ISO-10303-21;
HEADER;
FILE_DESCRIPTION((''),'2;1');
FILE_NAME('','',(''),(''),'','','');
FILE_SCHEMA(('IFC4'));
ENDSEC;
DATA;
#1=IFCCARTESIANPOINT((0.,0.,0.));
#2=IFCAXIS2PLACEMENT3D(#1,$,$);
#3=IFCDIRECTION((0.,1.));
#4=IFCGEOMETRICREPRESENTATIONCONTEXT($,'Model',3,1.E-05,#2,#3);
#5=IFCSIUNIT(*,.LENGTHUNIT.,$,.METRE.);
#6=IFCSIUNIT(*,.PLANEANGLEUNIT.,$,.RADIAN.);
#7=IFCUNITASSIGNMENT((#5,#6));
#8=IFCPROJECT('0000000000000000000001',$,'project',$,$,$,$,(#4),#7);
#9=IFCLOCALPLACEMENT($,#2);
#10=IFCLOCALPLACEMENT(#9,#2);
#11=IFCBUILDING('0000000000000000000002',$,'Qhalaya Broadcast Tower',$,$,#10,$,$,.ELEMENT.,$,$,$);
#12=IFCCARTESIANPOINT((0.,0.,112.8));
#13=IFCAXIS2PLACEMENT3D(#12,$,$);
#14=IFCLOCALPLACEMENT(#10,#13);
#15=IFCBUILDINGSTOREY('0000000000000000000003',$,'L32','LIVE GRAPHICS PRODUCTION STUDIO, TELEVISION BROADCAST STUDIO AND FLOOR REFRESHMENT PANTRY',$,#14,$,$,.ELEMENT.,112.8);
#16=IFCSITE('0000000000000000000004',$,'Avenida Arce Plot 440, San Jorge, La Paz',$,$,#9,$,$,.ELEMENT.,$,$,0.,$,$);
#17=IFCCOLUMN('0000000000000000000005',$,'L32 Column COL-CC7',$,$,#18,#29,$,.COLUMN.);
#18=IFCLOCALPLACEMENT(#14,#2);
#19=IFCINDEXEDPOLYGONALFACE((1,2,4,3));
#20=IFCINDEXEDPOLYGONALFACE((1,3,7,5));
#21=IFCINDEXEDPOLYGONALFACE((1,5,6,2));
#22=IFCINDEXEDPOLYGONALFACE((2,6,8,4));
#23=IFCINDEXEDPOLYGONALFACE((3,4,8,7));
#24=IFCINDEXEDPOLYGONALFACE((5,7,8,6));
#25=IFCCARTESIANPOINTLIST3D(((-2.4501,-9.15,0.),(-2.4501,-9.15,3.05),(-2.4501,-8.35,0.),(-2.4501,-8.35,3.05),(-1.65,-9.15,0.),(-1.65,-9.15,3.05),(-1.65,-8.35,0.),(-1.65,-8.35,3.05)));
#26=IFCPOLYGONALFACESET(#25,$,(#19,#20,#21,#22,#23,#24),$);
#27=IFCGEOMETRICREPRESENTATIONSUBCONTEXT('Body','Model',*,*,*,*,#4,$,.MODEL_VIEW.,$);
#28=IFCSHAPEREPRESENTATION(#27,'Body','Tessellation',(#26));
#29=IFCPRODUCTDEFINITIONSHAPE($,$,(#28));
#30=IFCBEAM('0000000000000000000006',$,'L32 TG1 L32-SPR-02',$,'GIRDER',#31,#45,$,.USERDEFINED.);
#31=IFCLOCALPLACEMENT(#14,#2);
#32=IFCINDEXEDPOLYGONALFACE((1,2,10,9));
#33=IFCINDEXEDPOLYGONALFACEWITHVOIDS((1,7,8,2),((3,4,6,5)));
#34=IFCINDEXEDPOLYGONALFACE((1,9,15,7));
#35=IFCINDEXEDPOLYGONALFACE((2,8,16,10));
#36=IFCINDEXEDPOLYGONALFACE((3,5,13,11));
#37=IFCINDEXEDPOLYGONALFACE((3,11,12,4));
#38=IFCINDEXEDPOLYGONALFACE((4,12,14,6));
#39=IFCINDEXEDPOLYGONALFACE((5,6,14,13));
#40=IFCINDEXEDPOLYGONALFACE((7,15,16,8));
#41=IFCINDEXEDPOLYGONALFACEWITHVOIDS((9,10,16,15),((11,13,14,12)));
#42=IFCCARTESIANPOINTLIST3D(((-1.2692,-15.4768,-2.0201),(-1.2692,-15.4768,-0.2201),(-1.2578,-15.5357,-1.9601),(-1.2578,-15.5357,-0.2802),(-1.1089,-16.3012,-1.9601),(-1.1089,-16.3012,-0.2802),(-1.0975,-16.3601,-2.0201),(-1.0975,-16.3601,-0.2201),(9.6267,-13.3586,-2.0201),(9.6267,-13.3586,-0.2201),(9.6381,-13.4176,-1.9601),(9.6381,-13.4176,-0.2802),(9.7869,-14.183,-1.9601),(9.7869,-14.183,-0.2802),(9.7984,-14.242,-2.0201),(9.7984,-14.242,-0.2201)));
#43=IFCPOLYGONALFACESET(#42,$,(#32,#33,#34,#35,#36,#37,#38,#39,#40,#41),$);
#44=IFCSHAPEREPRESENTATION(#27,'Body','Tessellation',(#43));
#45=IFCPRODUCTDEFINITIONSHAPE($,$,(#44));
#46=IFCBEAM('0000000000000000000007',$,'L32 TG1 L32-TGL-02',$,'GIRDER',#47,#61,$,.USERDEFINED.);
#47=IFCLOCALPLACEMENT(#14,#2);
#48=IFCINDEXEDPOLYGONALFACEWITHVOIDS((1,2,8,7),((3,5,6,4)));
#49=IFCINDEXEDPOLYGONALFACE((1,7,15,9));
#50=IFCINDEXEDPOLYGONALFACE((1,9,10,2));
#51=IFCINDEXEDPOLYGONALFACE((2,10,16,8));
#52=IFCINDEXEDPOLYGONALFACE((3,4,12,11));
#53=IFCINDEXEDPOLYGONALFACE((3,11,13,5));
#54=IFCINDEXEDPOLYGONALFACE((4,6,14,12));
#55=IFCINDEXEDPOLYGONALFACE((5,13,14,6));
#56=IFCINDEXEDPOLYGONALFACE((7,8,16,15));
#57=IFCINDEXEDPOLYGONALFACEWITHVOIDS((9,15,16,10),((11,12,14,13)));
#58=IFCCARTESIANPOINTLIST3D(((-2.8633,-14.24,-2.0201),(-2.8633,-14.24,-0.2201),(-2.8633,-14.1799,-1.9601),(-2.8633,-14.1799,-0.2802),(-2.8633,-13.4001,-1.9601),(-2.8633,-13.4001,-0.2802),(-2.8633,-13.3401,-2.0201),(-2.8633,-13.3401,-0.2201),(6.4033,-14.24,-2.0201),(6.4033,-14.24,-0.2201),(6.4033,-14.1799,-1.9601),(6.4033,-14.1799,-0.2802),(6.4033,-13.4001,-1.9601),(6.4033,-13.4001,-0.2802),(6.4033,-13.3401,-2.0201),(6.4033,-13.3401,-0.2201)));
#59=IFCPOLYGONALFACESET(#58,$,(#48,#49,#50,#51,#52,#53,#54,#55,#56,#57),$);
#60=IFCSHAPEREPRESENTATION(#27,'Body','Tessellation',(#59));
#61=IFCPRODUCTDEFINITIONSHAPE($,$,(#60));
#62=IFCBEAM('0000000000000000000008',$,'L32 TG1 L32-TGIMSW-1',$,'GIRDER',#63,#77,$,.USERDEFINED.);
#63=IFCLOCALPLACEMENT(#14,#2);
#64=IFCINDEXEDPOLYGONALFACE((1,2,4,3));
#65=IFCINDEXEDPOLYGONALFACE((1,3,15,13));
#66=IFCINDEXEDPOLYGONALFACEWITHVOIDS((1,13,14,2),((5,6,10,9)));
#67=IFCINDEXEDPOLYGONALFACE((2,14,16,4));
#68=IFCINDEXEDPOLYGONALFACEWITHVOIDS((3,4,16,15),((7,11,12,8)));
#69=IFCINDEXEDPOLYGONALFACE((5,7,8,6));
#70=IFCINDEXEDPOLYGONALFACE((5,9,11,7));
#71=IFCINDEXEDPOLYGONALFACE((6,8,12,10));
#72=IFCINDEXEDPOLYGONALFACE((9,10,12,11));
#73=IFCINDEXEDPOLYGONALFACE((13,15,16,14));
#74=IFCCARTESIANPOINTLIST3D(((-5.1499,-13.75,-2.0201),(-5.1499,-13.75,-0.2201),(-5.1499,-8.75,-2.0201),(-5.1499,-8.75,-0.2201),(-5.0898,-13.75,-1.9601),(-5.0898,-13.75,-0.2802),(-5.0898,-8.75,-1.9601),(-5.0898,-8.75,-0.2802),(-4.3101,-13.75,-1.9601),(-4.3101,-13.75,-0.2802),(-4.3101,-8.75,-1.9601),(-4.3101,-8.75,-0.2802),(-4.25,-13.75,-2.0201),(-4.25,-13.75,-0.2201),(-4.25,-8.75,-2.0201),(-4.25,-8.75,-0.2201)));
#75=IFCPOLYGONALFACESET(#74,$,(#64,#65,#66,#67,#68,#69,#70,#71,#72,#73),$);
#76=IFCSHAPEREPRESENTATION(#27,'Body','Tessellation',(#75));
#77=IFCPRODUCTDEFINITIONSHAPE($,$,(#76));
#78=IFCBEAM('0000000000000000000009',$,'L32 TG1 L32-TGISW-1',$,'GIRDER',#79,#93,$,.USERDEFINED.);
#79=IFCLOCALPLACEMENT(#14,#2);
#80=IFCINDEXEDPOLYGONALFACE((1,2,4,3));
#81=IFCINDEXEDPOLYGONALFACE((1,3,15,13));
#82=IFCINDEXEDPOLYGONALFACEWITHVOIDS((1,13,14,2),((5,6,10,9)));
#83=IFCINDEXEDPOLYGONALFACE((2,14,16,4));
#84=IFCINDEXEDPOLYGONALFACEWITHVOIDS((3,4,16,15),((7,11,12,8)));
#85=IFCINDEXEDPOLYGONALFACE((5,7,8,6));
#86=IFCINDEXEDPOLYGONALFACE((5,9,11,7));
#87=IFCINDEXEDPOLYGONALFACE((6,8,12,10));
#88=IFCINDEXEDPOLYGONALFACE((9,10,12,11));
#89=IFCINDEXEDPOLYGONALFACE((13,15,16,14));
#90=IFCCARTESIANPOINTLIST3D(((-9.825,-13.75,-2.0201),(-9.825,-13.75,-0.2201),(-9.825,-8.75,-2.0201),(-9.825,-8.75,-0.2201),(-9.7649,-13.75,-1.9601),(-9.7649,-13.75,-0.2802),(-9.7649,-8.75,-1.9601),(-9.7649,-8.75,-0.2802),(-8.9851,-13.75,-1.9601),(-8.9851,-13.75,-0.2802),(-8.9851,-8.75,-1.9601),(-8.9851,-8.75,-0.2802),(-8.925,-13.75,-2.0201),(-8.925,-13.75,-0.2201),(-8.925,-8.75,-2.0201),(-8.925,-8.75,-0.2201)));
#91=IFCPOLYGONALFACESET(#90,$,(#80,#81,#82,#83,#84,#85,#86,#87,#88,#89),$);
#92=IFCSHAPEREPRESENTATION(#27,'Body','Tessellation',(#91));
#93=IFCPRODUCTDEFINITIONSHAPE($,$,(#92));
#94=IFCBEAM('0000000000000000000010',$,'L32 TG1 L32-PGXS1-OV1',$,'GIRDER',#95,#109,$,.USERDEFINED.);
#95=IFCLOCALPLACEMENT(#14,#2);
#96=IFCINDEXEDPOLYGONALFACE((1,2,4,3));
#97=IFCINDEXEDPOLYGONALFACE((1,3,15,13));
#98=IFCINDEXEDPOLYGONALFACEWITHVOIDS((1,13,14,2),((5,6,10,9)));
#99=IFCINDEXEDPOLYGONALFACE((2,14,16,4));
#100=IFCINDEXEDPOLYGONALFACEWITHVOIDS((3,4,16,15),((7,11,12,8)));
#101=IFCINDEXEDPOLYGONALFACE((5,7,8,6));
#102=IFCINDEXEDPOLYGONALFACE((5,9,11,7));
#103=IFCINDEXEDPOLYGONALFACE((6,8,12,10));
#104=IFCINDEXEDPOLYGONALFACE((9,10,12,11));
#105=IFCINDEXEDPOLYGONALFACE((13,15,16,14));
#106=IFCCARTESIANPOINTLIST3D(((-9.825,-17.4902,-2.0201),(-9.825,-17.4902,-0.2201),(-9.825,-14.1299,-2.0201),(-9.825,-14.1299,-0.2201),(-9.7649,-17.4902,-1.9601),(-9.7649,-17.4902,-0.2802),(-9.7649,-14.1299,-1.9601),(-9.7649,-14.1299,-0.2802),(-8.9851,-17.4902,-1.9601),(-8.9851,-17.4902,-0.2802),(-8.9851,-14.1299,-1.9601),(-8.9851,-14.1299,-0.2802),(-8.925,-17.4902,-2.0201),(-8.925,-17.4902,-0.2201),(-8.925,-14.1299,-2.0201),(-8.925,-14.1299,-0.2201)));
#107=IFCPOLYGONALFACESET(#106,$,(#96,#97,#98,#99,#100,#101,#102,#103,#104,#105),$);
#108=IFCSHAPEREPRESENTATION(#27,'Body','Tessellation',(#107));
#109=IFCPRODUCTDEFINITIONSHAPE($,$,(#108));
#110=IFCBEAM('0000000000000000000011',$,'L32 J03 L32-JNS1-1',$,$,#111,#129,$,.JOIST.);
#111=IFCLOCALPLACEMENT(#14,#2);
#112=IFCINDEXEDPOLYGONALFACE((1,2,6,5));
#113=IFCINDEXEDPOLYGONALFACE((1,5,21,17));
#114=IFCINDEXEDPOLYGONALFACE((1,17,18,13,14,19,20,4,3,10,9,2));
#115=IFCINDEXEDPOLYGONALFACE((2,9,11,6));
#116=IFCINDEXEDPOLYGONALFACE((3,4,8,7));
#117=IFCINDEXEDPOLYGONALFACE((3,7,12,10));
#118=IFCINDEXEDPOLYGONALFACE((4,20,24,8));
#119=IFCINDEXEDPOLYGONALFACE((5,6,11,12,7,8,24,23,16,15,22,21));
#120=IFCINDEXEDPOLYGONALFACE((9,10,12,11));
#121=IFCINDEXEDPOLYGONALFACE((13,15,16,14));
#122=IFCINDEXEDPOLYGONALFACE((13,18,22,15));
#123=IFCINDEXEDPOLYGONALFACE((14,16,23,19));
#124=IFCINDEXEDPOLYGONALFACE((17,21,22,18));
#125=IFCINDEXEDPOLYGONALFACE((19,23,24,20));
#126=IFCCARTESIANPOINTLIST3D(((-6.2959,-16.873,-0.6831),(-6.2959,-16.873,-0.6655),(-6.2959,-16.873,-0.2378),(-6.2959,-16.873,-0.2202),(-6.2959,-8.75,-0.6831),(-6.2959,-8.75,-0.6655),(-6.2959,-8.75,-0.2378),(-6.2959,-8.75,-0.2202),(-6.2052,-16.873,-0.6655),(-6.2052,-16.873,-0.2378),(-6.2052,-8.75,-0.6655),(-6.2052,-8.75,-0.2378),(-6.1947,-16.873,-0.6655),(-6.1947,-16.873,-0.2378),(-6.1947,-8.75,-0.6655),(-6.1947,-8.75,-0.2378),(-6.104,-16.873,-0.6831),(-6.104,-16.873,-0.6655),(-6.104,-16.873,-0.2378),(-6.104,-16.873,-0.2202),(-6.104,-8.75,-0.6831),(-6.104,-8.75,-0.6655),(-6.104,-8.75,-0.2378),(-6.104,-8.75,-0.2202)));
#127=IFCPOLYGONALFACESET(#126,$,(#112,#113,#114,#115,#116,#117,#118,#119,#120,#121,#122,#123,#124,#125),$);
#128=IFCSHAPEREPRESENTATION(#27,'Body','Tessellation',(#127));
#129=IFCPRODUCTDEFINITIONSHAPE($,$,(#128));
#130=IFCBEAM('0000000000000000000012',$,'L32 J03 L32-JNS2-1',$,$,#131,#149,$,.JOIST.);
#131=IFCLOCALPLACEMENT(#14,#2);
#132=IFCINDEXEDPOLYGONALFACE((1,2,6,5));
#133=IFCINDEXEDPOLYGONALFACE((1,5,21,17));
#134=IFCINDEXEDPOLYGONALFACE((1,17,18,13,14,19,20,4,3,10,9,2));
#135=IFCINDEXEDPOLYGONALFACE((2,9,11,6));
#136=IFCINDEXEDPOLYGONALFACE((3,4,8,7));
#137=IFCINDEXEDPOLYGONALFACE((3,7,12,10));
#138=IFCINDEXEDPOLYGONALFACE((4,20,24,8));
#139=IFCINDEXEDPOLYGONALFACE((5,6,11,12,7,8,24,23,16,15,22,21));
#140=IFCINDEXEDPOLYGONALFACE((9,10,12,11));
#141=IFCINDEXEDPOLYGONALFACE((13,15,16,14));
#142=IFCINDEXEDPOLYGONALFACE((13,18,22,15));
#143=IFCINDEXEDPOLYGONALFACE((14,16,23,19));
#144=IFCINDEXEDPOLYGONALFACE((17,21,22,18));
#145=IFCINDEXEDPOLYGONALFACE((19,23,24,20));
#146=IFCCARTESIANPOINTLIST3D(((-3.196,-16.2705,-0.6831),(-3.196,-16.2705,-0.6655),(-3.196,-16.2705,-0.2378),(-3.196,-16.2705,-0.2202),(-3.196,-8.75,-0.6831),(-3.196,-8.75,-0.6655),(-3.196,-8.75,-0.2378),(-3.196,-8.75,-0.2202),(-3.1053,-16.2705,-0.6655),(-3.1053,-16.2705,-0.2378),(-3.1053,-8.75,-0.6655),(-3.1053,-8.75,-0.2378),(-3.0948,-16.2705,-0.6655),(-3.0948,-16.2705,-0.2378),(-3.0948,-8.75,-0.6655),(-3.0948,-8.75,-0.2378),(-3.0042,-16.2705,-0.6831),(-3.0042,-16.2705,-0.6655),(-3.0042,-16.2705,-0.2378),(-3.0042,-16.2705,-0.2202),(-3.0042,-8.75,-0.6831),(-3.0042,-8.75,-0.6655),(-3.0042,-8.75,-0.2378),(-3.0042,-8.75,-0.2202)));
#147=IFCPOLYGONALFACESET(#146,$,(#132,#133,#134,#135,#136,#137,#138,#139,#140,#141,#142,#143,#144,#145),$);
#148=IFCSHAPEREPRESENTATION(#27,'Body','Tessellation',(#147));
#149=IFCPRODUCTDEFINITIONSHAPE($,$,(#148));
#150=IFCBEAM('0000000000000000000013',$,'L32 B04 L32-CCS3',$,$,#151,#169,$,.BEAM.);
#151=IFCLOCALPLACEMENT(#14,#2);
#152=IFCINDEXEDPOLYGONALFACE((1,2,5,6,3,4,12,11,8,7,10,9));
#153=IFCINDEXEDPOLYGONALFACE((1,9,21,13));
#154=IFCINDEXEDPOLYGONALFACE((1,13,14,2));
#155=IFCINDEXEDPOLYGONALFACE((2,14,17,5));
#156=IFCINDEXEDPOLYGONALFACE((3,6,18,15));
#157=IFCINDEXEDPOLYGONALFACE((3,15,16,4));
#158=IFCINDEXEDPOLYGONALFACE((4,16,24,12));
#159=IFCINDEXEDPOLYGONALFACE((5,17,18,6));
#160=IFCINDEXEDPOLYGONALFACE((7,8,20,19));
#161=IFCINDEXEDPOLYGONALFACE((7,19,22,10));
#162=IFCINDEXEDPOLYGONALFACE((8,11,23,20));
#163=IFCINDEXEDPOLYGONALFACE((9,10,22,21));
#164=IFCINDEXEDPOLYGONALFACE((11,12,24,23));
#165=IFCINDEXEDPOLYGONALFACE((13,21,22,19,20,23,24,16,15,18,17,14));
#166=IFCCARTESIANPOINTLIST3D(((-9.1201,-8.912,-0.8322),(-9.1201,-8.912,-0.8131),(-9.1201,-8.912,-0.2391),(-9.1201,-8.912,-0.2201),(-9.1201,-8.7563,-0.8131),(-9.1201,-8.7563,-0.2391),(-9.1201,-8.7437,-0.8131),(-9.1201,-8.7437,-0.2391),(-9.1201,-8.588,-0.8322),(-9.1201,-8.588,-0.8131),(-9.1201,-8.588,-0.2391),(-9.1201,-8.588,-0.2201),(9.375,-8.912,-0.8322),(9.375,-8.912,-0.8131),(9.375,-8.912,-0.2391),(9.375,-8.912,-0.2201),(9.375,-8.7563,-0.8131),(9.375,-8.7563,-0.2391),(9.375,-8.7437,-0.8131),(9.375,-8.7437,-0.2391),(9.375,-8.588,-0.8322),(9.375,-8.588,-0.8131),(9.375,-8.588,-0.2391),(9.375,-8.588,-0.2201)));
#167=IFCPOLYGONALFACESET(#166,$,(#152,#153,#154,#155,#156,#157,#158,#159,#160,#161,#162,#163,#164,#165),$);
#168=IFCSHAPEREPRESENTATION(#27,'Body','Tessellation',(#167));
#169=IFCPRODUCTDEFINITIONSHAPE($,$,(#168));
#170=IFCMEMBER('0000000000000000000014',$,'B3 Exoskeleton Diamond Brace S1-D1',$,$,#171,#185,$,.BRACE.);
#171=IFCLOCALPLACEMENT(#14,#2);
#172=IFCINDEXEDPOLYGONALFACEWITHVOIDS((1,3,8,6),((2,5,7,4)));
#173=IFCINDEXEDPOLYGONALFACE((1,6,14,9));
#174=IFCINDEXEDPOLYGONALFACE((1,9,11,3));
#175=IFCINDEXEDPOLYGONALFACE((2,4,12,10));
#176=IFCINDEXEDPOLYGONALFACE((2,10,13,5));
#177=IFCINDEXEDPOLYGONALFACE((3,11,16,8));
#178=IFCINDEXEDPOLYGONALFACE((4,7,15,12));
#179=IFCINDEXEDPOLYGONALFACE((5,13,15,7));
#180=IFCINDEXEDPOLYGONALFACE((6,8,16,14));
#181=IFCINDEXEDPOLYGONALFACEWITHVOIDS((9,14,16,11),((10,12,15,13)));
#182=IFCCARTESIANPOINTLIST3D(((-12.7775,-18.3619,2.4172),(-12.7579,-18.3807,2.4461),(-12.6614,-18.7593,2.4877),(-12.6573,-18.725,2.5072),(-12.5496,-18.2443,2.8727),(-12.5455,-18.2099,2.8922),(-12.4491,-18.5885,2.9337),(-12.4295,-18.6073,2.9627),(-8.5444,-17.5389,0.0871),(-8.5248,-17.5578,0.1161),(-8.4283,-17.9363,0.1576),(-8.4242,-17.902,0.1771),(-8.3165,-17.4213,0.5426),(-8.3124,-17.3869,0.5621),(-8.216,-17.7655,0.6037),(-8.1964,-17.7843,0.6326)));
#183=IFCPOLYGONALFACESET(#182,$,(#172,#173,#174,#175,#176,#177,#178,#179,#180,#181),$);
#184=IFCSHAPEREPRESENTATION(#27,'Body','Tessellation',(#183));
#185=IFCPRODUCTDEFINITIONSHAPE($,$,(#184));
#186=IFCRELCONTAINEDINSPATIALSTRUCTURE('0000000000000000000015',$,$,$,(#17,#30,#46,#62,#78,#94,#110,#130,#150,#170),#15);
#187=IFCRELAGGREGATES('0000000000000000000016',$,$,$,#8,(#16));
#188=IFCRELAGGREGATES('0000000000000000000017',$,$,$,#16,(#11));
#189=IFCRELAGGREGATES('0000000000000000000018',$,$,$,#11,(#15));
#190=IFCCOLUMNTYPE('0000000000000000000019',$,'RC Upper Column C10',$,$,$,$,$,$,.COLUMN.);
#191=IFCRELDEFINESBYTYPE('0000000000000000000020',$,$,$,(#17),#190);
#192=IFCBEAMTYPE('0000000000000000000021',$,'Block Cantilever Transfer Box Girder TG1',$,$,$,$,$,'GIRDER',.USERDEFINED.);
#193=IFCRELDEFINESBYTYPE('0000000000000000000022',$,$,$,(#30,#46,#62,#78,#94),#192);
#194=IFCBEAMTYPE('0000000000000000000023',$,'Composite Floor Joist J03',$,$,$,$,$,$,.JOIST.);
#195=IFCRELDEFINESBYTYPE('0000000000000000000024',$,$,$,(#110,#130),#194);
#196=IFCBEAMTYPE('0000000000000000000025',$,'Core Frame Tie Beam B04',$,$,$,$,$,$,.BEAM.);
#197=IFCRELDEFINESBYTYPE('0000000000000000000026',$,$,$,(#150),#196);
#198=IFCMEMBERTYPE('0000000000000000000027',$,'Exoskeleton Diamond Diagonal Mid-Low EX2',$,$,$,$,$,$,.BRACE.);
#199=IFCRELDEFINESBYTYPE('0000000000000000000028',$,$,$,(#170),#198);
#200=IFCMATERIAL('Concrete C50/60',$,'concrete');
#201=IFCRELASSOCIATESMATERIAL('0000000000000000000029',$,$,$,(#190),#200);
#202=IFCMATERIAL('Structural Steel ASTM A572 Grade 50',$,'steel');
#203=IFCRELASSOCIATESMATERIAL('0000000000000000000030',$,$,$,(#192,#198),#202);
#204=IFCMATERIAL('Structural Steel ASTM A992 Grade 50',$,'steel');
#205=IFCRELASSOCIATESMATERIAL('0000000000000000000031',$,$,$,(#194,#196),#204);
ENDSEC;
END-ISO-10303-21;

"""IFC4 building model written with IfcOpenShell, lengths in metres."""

from ifc_helpers import new_model, si_unit, direction, frame, origin, origin_2d, place, context, subcontext, project, spatial, rectangle, hollow_rectangle, i_section, extrude, material, material_profile, profile_set, type_object, element, save


model = new_model("IFC4")

# Units and contexts
model_context = context("Model", 3, precision=1e-05, world=origin(), true_north=direction((0.0, 1.0)))
body_context = subcontext(model_context, "Body", "Model", "MODEL_VIEW")
ifc_project = project(units=[si_unit("LENGTHUNIT", "METRE"), si_unit("PLANEANGLEUNIT", "RADIAN")], contexts=[model_context])

# Site, building, storey
site_placement = place(None, origin())
site = spatial("IfcSite", under=ifc_project, at=site_placement, Name="Avenida Arce Plot 440, San Jorge, La Paz", CompositionType="ELEMENT", RefElevation=0.0)
building_placement = place(site_placement, origin())
building = spatial("IfcBuilding", under=site, at=building_placement, Name="Qhalaya Broadcast Tower", CompositionType="ELEMENT")
storey_placement = place(building_placement, frame((0.0, 0.0, 112.8)))
storey = spatial("IfcBuildingStorey", under=building, at=storey_placement, Name="L32", Description="LIVE GRAPHICS PRODUCTION STUDIO, TELEVISION BROADCAST STUDIO AND FLOOR REFRESHMENT PANTRY", CompositionType="ELEMENT", Elevation=112.8)

# Column
ifc_material_1 = material(Name="Concrete C50/60", Category="concrete")
ifc_material_profile_1 = material_profile(ifc_material_1, rectangle(XDim=0.8, YDim=0.8, at=origin_2d()), Name="RC-COL 800x800")
ifc_profile_set_1 = profile_set([ifc_material_profile_1], Name="Concrete C50/60")
column_type = type_object("IfcColumnType", Name="RC Upper Column C10", PredefinedType="COLUMN", material=ifc_profile_set_1)
column_placement = place(storey_placement, frame((-2.05, -8.75, 0.0), z_axis=(0.0, 0.0, 1.0), x_axis=(1.0, 0.0, 0.0)))
element("IfcColumn", 1, at=column_placement, inside=storey, type_object=column_type, Name="L32 Column COL-CC7", PredefinedType="COLUMN", context=body_context, shape_type="SweptSolid", body=[
    extrude(rectangle(XDim=0.8, YDim=0.8, at=origin_2d()), origin(), (0.0, 0.0, 1.0), 3.05),
])

# Beams
ifc_material_2 = material(Name="Structural Steel ASTM A572 Grade 50", Category="steel")
ifc_material_profile_2 = material_profile(ifc_material_2, hollow_rectangle(XDim=0.8999, YDim=1.8, WallThickness=0.0601, at=origin_2d()), Name="BOX 900x1800x60")
ifc_profile_set_2 = profile_set([ifc_material_profile_2], Name="Structural Steel ASTM A572 Grade 50")
beam_type_1 = type_object("IfcBeamType", Name="Block Cantilever Transfer Box Girder TG1", ElementType="GIRDER", PredefinedType="USERDEFINED", material=ifc_profile_set_2)
beam_1_placement = place(storey_placement, frame((-1.1833, -15.9185, -1.1201), z_axis=(0.981624, 0.190826, 0.0), x_axis=(-0.190826, 0.981624, 0.0)))
element("IfcBeam", 2, at=beam_1_placement, inside=storey, type_object=beam_type_1, Name="L32 TG1 L32-SPR-02", ObjectType="GIRDER", PredefinedType="USERDEFINED", context=body_context, shape_type="SweptSolid", body=[
    extrude(hollow_rectangle(XDim=0.8999, YDim=1.8, WallThickness=0.0601, at=origin_2d()), origin(), (0.0, 0.0, 1.0), 11.0999),
])
beam_2_placement = place(storey_placement, frame((-2.8633, -13.79, -1.1201), z_axis=(1.0, 0.0, 0.0), x_axis=(0.0, 1.0, 0.0)))
element("IfcBeam", 3, at=beam_2_placement, inside=storey, type_object=beam_type_1, Name="L32 TG1 L32-TGL-02", ObjectType="GIRDER", PredefinedType="USERDEFINED", context=body_context, shape_type="SweptSolid", body=[
    extrude(hollow_rectangle(XDim=0.8999, YDim=1.8, WallThickness=0.0601, at=origin_2d()), origin(), (0.0, 0.0, 1.0), 9.2666),
])
for number, where, z_axis, x_axis, name in (
    (4, (-4.7, -13.75, -1.1201), (0.0, 1.0, 0.0), (-1.0, 0.0, 0.0), "L32 TG1 L32-TGIMSW-1"),
    (5, (-9.375, -13.75, -1.1201), (0.0, 1.0, 0.0), (-1.0, 0.0, 0.0), "L32 TG1 L32-TGISW-1"),
):
    element("IfcBeam", number, at=place(storey_placement, frame(where, z_axis=z_axis, x_axis=x_axis)), inside=storey, type_object=beam_type_1, Name=name, ObjectType="GIRDER", PredefinedType="USERDEFINED", context=body_context, shape_type="SweptSolid", body=[
        extrude(hollow_rectangle(XDim=0.8999, YDim=1.8, WallThickness=0.0601, at=origin_2d()), origin(), (0.0, 0.0, 1.0), 5.0),
    ])
beam_3_placement = place(storey_placement, frame((-9.375, -17.4902, -1.1201), z_axis=(0.0, 1.0, 0.0), x_axis=(-1.0, 0.0, 0.0)))
element("IfcBeam", 6, at=beam_3_placement, inside=storey, type_object=beam_type_1, Name="L32 TG1 L32-PGXS1-OV1", ObjectType="GIRDER", PredefinedType="USERDEFINED", context=body_context, shape_type="SweptSolid", body=[
    extrude(hollow_rectangle(XDim=0.8999, YDim=1.8, WallThickness=0.0601, at=origin_2d()), origin(), (0.0, 0.0, 1.0), 3.3604),
])
ifc_material_3 = material(Name="Structural Steel ASTM A992 Grade 50", Category="steel")
ifc_material_profile_3 = material_profile(ifc_material_3, i_section(OverallWidth=0.1919, OverallDepth=0.4629, WebThickness=0.0105, FlangeThickness=0.0176, at=origin_2d()), Name="W18X60")
ifc_profile_set_3 = profile_set([ifc_material_profile_3], Name="Structural Steel ASTM A992 Grade 50")
beam_type_2 = type_object("IfcBeamType", Name="Composite Floor Joist J03", PredefinedType="JOIST", material=ifc_profile_set_3)
beam_4_placement = place(storey_placement, frame((-6.2, -16.873, -0.4517), z_axis=(0.0, 1.0, 0.0), x_axis=(-1.0, 0.0, 0.0)))
element("IfcBeam", 7, at=beam_4_placement, inside=storey, type_object=beam_type_2, Name="L32 J03 L32-JNS1-1", PredefinedType="JOIST", context=body_context, shape_type="SweptSolid", body=[
    extrude(i_section(OverallWidth=0.1919, OverallDepth=0.4629, WebThickness=0.0105, FlangeThickness=0.0176, at=origin_2d()), origin(), (0.0, 0.0, 1.0), 8.123),
])
beam_5_placement = place(storey_placement, frame((-3.1001, -16.2705, -0.4517), z_axis=(0.0, 1.0, 0.0), x_axis=(-1.0, 0.0, 0.0)))
element("IfcBeam", 8, at=beam_5_placement, inside=storey, type_object=beam_type_2, Name="L32 J03 L32-JNS2-1", PredefinedType="JOIST", context=body_context, shape_type="SweptSolid", body=[
    extrude(i_section(OverallWidth=0.1919, OverallDepth=0.4629, WebThickness=0.0105, FlangeThickness=0.0176, at=origin_2d()), origin(), (0.0, 0.0, 1.0), 7.5205),
])
ifc_material_profile_4 = material_profile(ifc_material_3, i_section(OverallWidth=0.324, OverallDepth=0.6121, WebThickness=0.0127, FlangeThickness=0.019, at=origin_2d()), Name="W24X104")
ifc_profile_set_4 = profile_set([ifc_material_profile_4], Name="Structural Steel ASTM A992 Grade 50")
beam_type_3 = type_object("IfcBeamType", Name="Core Frame Tie Beam B04", PredefinedType="BEAM", material=ifc_profile_set_4)
beam_6_placement = place(storey_placement, frame((-9.1201, -8.75, -0.5261), z_axis=(1.0, 0.0, 0.0), x_axis=(0.0, 1.0, 0.0)))
element("IfcBeam", 9, at=beam_6_placement, inside=storey, type_object=beam_type_3, Name="L32 B04 L32-CCS3", PredefinedType="BEAM", context=body_context, shape_type="SweptSolid", body=[
    extrude(i_section(OverallWidth=0.324, OverallDepth=0.6121, WebThickness=0.0127, FlangeThickness=0.019, at=origin_2d()), origin(), (0.0, 0.0, 1.0), 18.4951),
])

# Member
ifc_material_profile_5 = material_profile(ifc_material_2, hollow_rectangle(XDim=0.4199, YDim=0.55, WallThickness=0.0281, at=origin_2d()), Name="BOX 420x550x28")
ifc_profile_set_5 = profile_set([ifc_material_profile_5], Name="Structural Steel ASTM A572 Grade 50")
member_type = type_object("IfcMemberType", Name="Exoskeleton Diamond Diagonal Mid-Low EX2", PredefinedType="BRACE", material=ifc_profile_set_5)
for number, where, z_axis, x_axis, name in (
    (10, (-8.3704, -17.6616, 0.3599), (-0.863618, -0.167902, 0.475366), (0.276375, -0.946275, 0.167871), "B3 Exoskeleton Diamond Brace S1-D1"),
):
    element("IfcMember", number, at=place(storey_placement, frame(where, z_axis=z_axis, x_axis=x_axis)), inside=storey, type_object=member_type, Name=name, PredefinedType="BRACE", context=body_context, shape_type="SweptSolid", body=[
        extrude(hollow_rectangle(XDim=0.4199, YDim=0.55, WallThickness=0.0281, at=origin_2d()), origin(), (0.0, 0.0, 1.0), 4.9016),
    ])

save(model, "model.ifc")
